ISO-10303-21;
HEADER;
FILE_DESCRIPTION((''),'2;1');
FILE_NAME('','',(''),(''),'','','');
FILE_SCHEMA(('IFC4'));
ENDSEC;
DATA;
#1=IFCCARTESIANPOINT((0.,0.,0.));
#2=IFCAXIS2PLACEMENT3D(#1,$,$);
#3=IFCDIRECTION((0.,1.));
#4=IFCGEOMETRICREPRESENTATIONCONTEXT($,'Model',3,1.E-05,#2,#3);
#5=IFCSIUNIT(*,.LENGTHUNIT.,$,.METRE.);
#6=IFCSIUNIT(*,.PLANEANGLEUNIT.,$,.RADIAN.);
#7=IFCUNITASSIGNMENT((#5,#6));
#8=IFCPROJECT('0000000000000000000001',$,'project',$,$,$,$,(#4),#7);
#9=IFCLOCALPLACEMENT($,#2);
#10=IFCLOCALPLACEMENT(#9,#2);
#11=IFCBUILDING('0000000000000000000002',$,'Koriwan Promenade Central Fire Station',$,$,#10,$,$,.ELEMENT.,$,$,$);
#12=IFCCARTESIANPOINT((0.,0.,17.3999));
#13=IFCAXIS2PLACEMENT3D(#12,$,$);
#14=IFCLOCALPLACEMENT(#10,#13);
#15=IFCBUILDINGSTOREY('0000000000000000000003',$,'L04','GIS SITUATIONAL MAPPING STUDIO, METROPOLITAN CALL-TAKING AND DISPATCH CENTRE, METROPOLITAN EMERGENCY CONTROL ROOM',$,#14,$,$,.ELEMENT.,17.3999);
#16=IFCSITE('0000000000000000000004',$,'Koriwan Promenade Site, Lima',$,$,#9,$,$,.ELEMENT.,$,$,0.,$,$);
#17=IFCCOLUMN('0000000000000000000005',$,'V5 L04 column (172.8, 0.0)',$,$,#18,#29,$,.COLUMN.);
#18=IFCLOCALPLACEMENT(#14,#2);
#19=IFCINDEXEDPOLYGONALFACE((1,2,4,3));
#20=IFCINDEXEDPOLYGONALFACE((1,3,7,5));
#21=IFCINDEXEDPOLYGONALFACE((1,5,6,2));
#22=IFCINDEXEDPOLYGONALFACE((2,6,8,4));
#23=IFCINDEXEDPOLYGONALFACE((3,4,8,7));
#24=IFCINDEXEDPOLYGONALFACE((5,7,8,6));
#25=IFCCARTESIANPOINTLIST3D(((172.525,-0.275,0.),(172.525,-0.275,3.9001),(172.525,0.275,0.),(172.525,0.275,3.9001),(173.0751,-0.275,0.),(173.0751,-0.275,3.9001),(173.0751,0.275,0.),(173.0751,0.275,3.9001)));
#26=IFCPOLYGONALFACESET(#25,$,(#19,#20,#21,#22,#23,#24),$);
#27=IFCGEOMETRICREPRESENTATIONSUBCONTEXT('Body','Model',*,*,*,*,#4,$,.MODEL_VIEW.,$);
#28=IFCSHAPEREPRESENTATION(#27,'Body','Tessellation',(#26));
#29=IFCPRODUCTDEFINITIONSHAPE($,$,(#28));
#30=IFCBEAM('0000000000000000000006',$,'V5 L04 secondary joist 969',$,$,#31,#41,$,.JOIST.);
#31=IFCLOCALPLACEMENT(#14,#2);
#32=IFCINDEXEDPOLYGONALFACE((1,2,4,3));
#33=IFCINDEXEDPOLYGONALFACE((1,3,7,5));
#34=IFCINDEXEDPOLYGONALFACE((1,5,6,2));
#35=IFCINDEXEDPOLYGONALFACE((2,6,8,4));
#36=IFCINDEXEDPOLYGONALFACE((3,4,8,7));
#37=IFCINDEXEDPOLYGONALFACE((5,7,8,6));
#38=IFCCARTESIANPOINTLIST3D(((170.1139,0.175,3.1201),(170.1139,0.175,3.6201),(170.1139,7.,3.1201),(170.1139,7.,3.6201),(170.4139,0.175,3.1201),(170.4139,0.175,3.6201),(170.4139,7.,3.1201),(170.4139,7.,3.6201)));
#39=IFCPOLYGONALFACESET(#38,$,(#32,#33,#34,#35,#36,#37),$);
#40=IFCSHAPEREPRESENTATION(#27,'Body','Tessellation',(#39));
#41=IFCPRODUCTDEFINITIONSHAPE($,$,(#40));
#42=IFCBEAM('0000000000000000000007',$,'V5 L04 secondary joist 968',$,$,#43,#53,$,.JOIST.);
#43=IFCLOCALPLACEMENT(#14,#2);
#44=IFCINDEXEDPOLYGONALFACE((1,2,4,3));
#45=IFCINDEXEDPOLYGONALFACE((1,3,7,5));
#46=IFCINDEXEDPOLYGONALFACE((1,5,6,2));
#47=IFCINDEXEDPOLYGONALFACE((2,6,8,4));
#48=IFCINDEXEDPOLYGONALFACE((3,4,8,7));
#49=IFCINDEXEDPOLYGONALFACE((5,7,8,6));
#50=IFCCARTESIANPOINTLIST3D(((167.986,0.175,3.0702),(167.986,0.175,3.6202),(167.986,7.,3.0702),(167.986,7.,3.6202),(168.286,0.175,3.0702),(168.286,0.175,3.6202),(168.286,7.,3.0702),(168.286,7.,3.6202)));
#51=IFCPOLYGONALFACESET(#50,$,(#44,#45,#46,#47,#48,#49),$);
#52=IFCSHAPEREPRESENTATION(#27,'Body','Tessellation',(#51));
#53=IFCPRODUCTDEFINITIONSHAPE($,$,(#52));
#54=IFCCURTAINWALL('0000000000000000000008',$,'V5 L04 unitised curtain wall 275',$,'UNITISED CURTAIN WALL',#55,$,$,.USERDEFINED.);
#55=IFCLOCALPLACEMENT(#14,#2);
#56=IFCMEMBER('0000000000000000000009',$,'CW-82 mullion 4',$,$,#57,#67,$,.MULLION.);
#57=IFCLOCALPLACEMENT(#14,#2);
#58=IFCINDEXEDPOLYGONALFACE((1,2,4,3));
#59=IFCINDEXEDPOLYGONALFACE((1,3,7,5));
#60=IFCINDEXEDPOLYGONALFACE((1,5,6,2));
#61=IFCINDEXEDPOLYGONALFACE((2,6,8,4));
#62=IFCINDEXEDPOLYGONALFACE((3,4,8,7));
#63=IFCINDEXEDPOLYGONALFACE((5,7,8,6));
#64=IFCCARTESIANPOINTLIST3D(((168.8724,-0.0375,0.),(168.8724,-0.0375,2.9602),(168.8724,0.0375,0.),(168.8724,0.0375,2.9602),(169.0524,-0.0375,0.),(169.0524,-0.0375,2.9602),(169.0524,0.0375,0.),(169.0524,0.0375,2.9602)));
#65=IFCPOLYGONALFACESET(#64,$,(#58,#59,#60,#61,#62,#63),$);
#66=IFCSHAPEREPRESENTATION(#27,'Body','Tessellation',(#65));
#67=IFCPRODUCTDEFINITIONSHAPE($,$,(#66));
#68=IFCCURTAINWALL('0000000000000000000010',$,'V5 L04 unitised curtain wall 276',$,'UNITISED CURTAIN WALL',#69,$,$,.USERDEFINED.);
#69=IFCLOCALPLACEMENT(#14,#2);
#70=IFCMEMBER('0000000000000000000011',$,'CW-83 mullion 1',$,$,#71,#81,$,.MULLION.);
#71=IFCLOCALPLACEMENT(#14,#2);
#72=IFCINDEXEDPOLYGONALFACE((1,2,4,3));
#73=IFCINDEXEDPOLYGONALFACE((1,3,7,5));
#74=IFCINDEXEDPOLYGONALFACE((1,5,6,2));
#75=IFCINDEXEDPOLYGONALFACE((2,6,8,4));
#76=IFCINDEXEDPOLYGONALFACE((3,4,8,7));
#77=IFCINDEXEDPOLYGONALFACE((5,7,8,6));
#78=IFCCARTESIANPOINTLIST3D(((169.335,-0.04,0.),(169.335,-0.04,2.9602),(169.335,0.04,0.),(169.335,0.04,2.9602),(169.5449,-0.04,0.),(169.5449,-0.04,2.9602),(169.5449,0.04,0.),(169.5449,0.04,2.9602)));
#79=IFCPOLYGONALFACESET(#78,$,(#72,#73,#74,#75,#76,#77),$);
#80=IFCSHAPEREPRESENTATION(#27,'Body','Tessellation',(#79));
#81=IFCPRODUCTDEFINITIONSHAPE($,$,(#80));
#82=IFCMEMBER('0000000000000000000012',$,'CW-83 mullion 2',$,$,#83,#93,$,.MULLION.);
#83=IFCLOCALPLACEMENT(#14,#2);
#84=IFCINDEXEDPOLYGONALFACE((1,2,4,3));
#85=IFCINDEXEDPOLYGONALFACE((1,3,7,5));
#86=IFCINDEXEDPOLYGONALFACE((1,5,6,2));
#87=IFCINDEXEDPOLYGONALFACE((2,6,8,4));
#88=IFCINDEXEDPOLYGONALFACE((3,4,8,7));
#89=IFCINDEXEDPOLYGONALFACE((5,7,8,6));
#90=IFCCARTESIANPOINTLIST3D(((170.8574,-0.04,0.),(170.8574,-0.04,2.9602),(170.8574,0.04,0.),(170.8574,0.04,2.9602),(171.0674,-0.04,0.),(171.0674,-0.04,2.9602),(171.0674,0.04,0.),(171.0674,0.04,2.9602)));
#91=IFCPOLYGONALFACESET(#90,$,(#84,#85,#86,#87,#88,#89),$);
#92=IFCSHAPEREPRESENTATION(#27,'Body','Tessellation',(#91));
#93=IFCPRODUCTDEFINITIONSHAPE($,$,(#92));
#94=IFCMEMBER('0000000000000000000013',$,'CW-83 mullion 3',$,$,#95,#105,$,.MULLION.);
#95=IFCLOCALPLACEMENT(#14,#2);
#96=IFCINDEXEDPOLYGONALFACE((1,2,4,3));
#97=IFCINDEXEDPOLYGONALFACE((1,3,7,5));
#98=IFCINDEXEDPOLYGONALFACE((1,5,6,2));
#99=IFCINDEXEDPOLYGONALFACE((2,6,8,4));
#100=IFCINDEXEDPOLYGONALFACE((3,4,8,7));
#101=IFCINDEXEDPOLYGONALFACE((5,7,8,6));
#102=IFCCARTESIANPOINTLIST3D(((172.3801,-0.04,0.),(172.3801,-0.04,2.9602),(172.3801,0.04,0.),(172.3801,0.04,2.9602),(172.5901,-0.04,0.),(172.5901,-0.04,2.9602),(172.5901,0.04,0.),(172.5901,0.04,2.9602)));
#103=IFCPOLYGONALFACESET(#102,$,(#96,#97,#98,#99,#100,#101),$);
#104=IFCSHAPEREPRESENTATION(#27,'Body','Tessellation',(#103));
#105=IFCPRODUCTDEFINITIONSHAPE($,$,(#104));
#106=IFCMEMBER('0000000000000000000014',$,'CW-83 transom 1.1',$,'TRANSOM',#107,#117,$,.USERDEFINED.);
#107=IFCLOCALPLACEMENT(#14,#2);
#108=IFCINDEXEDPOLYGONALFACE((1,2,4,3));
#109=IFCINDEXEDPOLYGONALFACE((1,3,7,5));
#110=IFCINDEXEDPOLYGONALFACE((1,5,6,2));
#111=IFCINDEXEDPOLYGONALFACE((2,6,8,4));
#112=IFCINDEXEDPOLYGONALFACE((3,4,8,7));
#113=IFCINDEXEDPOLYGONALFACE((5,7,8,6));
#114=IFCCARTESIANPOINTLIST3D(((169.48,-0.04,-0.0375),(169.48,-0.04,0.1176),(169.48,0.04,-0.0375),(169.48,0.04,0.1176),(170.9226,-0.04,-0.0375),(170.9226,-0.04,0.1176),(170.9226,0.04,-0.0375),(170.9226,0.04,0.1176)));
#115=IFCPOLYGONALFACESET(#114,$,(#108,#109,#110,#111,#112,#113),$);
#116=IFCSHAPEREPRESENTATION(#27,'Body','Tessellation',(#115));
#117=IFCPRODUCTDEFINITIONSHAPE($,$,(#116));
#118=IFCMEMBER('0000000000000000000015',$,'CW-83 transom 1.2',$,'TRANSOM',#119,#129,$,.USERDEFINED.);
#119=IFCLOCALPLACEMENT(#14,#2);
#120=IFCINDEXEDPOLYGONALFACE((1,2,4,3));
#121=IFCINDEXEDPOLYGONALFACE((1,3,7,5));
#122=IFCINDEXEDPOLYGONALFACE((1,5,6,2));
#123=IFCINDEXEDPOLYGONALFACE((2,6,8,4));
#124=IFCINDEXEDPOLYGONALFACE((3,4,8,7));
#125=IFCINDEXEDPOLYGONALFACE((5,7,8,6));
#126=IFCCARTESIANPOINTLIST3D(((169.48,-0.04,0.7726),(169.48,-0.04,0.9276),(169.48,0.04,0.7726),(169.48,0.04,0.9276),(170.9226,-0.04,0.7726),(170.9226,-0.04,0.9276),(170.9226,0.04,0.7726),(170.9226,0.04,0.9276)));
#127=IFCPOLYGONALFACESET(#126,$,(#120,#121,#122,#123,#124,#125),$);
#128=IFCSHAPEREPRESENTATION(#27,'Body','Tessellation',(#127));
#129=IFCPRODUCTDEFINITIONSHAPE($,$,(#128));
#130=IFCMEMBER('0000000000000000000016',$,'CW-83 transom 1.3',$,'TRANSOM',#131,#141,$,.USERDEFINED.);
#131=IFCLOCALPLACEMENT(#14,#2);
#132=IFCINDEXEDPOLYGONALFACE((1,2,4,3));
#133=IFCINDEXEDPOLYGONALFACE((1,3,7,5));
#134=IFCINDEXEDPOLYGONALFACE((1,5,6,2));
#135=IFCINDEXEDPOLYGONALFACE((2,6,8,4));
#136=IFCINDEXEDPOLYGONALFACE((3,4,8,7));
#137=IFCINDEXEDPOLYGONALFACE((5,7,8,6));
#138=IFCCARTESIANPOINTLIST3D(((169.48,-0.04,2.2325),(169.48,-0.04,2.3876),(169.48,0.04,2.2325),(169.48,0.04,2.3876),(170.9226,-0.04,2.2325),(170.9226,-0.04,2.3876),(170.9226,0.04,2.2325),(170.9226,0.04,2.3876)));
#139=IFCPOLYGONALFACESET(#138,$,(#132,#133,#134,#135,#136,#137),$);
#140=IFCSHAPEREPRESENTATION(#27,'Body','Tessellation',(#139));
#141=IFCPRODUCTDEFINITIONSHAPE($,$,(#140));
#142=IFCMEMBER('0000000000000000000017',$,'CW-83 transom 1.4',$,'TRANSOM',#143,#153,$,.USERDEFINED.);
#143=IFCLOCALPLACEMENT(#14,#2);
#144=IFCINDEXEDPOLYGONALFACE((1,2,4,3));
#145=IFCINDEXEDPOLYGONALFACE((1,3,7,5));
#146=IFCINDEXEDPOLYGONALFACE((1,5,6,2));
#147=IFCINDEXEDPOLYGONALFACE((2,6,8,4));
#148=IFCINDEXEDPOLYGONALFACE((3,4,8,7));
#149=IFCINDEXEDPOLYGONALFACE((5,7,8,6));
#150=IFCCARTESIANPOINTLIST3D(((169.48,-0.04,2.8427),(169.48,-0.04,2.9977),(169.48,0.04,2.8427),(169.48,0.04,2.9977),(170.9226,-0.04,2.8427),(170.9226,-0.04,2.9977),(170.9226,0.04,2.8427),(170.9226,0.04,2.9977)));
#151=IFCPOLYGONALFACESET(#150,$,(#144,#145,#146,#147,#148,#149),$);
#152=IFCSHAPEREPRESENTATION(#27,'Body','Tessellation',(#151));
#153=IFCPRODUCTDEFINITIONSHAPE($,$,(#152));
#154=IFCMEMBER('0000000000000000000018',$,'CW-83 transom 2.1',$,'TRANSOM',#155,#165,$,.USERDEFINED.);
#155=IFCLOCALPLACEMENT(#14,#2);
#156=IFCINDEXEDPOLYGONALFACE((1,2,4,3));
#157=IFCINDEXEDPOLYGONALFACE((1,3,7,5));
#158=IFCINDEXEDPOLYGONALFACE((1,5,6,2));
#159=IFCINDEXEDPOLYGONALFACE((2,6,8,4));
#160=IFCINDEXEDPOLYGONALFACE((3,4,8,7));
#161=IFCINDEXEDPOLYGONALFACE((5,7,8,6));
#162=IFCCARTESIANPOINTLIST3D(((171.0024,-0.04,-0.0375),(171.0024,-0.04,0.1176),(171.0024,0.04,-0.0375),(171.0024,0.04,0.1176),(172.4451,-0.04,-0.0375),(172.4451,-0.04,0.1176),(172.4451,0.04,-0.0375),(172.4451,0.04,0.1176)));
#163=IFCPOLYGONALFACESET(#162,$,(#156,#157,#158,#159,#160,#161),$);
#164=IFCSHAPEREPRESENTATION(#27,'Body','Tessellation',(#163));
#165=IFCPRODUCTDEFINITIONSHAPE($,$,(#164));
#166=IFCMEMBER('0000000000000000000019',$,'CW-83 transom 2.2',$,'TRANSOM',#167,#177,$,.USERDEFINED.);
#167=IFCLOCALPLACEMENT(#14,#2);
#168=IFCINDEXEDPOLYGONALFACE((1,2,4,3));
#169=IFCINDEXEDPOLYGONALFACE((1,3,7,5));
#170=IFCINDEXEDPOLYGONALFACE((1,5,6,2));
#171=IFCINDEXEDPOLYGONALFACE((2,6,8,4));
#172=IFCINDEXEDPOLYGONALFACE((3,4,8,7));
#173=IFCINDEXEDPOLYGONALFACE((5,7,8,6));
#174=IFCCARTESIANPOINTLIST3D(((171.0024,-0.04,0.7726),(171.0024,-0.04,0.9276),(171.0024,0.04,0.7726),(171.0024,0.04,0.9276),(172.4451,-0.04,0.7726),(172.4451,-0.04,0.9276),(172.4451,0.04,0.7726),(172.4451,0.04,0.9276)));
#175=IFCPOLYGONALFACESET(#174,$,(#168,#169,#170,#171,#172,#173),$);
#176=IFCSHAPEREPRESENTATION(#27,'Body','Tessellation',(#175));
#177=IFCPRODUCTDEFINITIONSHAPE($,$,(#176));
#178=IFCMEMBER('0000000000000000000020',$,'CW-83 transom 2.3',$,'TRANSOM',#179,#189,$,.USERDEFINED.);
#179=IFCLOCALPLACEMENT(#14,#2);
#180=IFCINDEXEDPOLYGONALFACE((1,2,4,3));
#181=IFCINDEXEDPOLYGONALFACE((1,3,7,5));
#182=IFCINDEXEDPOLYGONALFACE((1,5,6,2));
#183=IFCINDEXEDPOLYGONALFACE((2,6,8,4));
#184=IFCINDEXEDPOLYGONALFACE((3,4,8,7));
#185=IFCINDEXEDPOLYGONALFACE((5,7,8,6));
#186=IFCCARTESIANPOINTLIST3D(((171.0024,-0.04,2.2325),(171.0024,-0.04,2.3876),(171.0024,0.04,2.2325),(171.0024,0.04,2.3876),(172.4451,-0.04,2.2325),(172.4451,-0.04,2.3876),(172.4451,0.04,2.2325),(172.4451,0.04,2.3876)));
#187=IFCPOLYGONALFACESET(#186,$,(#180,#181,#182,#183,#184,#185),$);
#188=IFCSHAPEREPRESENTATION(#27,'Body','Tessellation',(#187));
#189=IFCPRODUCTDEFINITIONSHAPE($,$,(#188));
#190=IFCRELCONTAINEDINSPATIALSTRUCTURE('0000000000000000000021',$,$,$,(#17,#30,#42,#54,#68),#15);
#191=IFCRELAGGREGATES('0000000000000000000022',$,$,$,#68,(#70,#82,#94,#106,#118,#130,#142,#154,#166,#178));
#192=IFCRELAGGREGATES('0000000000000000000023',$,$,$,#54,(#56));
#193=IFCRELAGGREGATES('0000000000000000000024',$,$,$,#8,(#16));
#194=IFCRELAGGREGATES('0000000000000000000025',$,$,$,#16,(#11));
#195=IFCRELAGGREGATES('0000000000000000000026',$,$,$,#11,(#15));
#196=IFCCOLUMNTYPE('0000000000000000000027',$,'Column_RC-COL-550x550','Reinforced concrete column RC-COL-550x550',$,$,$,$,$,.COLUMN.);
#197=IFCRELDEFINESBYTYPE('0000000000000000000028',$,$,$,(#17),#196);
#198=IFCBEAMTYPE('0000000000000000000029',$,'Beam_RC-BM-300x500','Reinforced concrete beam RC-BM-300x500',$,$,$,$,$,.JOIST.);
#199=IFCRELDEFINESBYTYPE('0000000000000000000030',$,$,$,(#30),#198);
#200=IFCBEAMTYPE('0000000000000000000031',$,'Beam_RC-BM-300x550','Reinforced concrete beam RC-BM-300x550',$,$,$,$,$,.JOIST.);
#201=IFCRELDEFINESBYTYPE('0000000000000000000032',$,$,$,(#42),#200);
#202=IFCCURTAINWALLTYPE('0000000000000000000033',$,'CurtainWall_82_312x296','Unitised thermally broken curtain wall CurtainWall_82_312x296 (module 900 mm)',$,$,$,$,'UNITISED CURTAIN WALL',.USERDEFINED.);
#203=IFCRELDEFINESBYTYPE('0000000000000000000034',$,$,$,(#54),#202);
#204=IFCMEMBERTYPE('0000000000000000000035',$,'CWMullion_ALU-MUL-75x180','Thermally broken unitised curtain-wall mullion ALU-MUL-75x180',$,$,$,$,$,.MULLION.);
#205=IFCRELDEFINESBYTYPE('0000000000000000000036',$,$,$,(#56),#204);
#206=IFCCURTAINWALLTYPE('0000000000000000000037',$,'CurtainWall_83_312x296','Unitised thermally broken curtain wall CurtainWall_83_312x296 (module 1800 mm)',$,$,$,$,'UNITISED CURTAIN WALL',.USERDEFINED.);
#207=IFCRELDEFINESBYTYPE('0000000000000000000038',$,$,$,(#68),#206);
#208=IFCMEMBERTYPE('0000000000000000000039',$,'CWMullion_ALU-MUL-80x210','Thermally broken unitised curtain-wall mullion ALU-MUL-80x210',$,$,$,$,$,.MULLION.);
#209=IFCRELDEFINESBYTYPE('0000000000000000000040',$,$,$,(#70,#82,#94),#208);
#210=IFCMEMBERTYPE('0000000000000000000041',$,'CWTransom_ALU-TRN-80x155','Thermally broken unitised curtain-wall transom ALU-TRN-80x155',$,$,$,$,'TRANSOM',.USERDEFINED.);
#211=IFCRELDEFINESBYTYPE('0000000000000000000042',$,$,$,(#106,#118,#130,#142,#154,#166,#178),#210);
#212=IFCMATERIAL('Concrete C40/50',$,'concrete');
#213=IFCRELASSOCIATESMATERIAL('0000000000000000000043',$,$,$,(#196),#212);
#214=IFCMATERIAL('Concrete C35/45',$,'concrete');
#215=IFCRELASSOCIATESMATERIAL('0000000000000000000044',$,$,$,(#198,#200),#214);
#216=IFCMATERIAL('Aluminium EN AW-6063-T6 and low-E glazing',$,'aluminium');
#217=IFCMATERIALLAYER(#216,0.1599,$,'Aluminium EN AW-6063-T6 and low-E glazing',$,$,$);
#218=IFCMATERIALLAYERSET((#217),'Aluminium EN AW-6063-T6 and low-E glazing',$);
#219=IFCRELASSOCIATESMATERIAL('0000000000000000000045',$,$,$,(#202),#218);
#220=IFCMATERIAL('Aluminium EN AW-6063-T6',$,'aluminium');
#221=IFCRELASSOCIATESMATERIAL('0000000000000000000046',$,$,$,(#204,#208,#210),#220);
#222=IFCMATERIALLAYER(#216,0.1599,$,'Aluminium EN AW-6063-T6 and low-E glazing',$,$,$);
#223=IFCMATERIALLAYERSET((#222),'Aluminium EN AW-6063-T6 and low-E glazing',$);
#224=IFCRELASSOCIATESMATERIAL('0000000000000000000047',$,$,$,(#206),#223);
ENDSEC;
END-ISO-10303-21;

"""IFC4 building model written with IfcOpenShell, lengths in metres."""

from ifc_helpers import new_model, si_unit, direction, frame, origin, origin_2d, place, context, subcontext, project, spatial, rectangle, extrude, material, layer, layer_set, material_profile, profile_set, type_object, element, aggregate, save


model = new_model("IFC4")

# Units and contexts
model_context = context("Model", 3, precision=1e-05, world=origin(), true_north=direction((0.0, 1.0)))
body_context = subcontext(model_context, "Body", "Model", "MODEL_VIEW")
ifc_project = project(units=[si_unit("LENGTHUNIT", "METRE"), si_unit("PLANEANGLEUNIT", "RADIAN")], contexts=[model_context])

# Site, building, storey
site_placement = place(None, origin())
site = spatial("IfcSite", under=ifc_project, at=site_placement, Name="Koriwan Promenade Site, Lima", CompositionType="ELEMENT", RefElevation=0.0)
building_placement = place(site_placement, origin())
building = spatial("IfcBuilding", under=site, at=building_placement, Name="Koriwan Promenade Central Fire Station", CompositionType="ELEMENT")
storey_placement = place(building_placement, frame((0.0, 0.0, 17.3999)))
storey = spatial("IfcBuildingStorey", under=building, at=storey_placement, Name="L04", Description="GIS SITUATIONAL MAPPING STUDIO, METROPOLITAN CALL-TAKING AND DISPATCH CENTRE, METROPOLITAN EMERGENCY CONTROL ROOM", CompositionType="ELEMENT", Elevation=17.3999)

# Column
ifc_material_1 = material(Name="Concrete C40/50", Category="concrete")
ifc_material_profile_1 = material_profile(ifc_material_1, rectangle(XDim=0.55, YDim=0.55, at=origin_2d()), Name="RC-COL-550x550")
ifc_profile_set_1 = profile_set([ifc_material_profile_1], Name="Concrete C40/50")
column_type = type_object("IfcColumnType", Name="Column_RC-COL-550x550", Description="Reinforced concrete column RC-COL-550x550", PredefinedType="COLUMN", material=ifc_profile_set_1)
column_placement = place(storey_placement, frame((172.8, 0.0, 0.0), z_axis=(0.0, 0.0, 1.0), x_axis=(1.0, 0.0, 0.0)))
element("IfcColumn", 1, at=column_placement, inside=storey, type_object=column_type, Name="V5 L04 column (172.8, 0.0)", PredefinedType="COLUMN", context=body_context, shape_type="SweptSolid", body=[
    extrude(rectangle(XDim=0.55, YDim=0.55, at=origin_2d()), origin(), (0.0, 0.0, 1.0), 3.9001),
])

# Beams
ifc_material_2 = material(Name="Concrete C35/45", Category="concrete")
ifc_material_profile_2 = material_profile(ifc_material_2, rectangle(XDim=0.3, YDim=0.5, at=origin_2d()), Name="RC-BM-300x500")
ifc_profile_set_2 = profile_set([ifc_material_profile_2], Name="Concrete C35/45")
beam_type_1 = type_object("IfcBeamType", Name="Beam_RC-BM-300x500", Description="Reinforced concrete beam RC-BM-300x500", PredefinedType="JOIST", material=ifc_profile_set_2)
beam_1_placement = place(storey_placement, frame((170.2639, 0.175, 3.3701), z_axis=(0.0, 1.0, 0.0), x_axis=(-1.0, 0.0, 0.0)))
element("IfcBeam", 2, at=beam_1_placement, inside=storey, type_object=beam_type_1, Name="V5 L04 secondary joist 969", PredefinedType="JOIST", context=body_context, shape_type="SweptSolid", body=[
    extrude(rectangle(XDim=0.3, YDim=0.5, at=origin_2d()), origin(), (0.0, 0.0, 1.0), 6.825),
])
ifc_material_profile_3 = material_profile(ifc_material_2, rectangle(XDim=0.3, YDim=0.55, at=origin_2d()), Name="RC-BM-300x550")
ifc_profile_set_3 = profile_set([ifc_material_profile_3], Name="Concrete C35/45")
beam_type_2 = type_object("IfcBeamType", Name="Beam_RC-BM-300x550", Description="Reinforced concrete beam RC-BM-300x550", PredefinedType="JOIST", material=ifc_profile_set_3)
beam_2_placement = place(storey_placement, frame((168.136, 0.175, 3.3452), z_axis=(0.0, 1.0, 0.0), x_axis=(-1.0, 0.0, 0.0)))
element("IfcBeam", 3, at=beam_2_placement, inside=storey, type_object=beam_type_2, Name="V5 L04 secondary joist 968", PredefinedType="JOIST", context=body_context, shape_type="SweptSolid", body=[
    extrude(rectangle(XDim=0.3, YDim=0.55, at=origin_2d()), origin(), (0.0, 0.0, 1.0), 6.825),
])

# Curtain wall, member
ifc_material_3 = material(Name="Aluminium EN AW-6063-T6 and low-E glazing", Category="aluminium")
ifc_layer_1 = layer(ifc_material_3, 0.1599, Name="Aluminium EN AW-6063-T6 and low-E glazing")
ifc_layer_set_1 = layer_set([ifc_layer_1], Name="Aluminium EN AW-6063-T6 and low-E glazing")
curtain_wall_type_1 = type_object("IfcCurtainWallType", Name="CurtainWall_82_312x296", Description="Unitised thermally broken curtain wall CurtainWall_82_312x296 (module 900 mm)", ElementType="UNITISED CURTAIN WALL", PredefinedType="USERDEFINED", material=ifc_layer_set_1)
curtain_wall_1_placement = place(storey_placement, origin())
curtain_wall_1 = element("IfcCurtainWall", 4, at=curtain_wall_1_placement, inside=storey, type_object=curtain_wall_type_1, Name="V5 L04 unitised curtain wall 275", ObjectType="UNITISED CURTAIN WALL", PredefinedType="USERDEFINED")
ifc_material_4 = material(Name="Aluminium EN AW-6063-T6", Category="aluminium")
ifc_material_profile_4 = material_profile(ifc_material_4, rectangle(XDim=0.075, YDim=0.1799, at=origin_2d()), Name="ALU-MUL-75x180")
ifc_profile_set_4 = profile_set([ifc_material_profile_4], Name="Aluminium EN AW-6063-T6")
member_type_1 = type_object("IfcMemberType", Name="CWMullion_ALU-MUL-75x180", Description="Thermally broken unitised curtain-wall mullion ALU-MUL-75x180", PredefinedType="MULLION", material=ifc_profile_set_4)
member_1_placement = place(storey_placement, frame((168.9624, 0.0, 0.0), z_axis=(0.0, 0.0, 1.0), x_axis=(0.0, 1.0, 0.0)))
member_1 = element("IfcMember", 5, at=member_1_placement, type_object=member_type_1, Name="CW-82 mullion 4", PredefinedType="MULLION", context=body_context, shape_type="SweptSolid", body=[
    extrude(rectangle(XDim=0.075, YDim=0.1799, at=origin_2d()), origin(), (0.0, 0.0, 1.0), 2.9602),
])

# Curtain wall, members
ifc_layer_2 = layer(ifc_material_3, 0.1599, Name="Aluminium EN AW-6063-T6 and low-E glazing")
ifc_layer_set_2 = layer_set([ifc_layer_2], Name="Aluminium EN AW-6063-T6 and low-E glazing")
curtain_wall_type_2 = type_object("IfcCurtainWallType", Name="CurtainWall_83_312x296", Description="Unitised thermally broken curtain wall CurtainWall_83_312x296 (module 1800 mm)", ElementType="UNITISED CURTAIN WALL", PredefinedType="USERDEFINED", material=ifc_layer_set_2)
curtain_wall_2_placement = place(storey_placement, origin())
curtain_wall_2 = element("IfcCurtainWall", 6, at=curtain_wall_2_placement, inside=storey, type_object=curtain_wall_type_2, Name="V5 L04 unitised curtain wall 276", ObjectType="UNITISED CURTAIN WALL", PredefinedType="USERDEFINED")
ifc_material_profile_5 = material_profile(ifc_material_4, rectangle(XDim=0.0801, YDim=0.21, at=origin_2d()), Name="ALU-MUL-80x210")
ifc_profile_set_5 = profile_set([ifc_material_profile_5], Name="Aluminium EN AW-6063-T6")
member_type_2 = type_object("IfcMemberType", Name="CWMullion_ALU-MUL-80x210", Description="Thermally broken unitised curtain-wall mullion ALU-MUL-80x210", PredefinedType="MULLION", material=ifc_profile_set_5)
member_2_placement = place(storey_placement, frame((169.4399, 0.0, 0.0), z_axis=(0.0, 0.0, 1.0), x_axis=(0.0, 1.0, 0.0)))
member_2 = element("IfcMember", 7, at=member_2_placement, type_object=member_type_2, Name="CW-83 mullion 1", PredefinedType="MULLION", context=body_context, shape_type="SweptSolid", body=[
    extrude(rectangle(XDim=0.0801, YDim=0.21, at=origin_2d()), origin(), (0.0, 0.0, 1.0), 2.9602),
])
member_3_placement = place(storey_placement, frame((170.9624, 0.0, 0.0), z_axis=(0.0, 0.0, 1.0), x_axis=(0.0, 1.0, 0.0)))
member_3 = element("IfcMember", 8, at=member_3_placement, type_object=member_type_2, Name="CW-83 mullion 2", PredefinedType="MULLION", context=body_context, shape_type="SweptSolid", body=[
    extrude(rectangle(XDim=0.0801, YDim=0.21, at=origin_2d()), origin(), (0.0, 0.0, 1.0), 2.9602),
])
member_4_placement = place(storey_placement, frame((172.4851, 0.0, 0.0), z_axis=(0.0, 0.0, 1.0), x_axis=(0.0, 1.0, 0.0)))
member_4 = element("IfcMember", 9, at=member_4_placement, type_object=member_type_2, Name="CW-83 mullion 3", PredefinedType="MULLION", context=body_context, shape_type="SweptSolid", body=[
    extrude(rectangle(XDim=0.0801, YDim=0.21, at=origin_2d()), origin(), (0.0, 0.0, 1.0), 2.9602),
])
ifc_material_profile_6 = material_profile(ifc_material_4, rectangle(XDim=0.0801, YDim=0.155, at=origin_2d()), Name="ALU-TRN-80x155")
ifc_profile_set_6 = profile_set([ifc_material_profile_6], Name="Aluminium EN AW-6063-T6")
member_type_3 = type_object("IfcMemberType", Name="CWTransom_ALU-TRN-80x155", Description="Thermally broken unitised curtain-wall transom ALU-TRN-80x155", ElementType="TRANSOM", PredefinedType="USERDEFINED", material=ifc_profile_set_6)
member_5_placement = place(storey_placement, frame((169.48, 0.0, 0.04), z_axis=(1.0, 0.0, 0.0), x_axis=(0.0, 1.0, 0.0)))
member_5 = element("IfcMember", 10, at=member_5_placement, type_object=member_type_3, Name="CW-83 transom 1.1", ObjectType="TRANSOM", PredefinedType="USERDEFINED", context=body_context, shape_type="SweptSolid", body=[
    extrude(rectangle(XDim=0.0801, YDim=0.155, at=origin_2d()), origin(), (0.0, 0.0, 1.0), 1.4426),
])
member_6_placement = place(storey_placement, frame((169.48, 0.0, 0.8501), z_axis=(1.0, 0.0, 0.0), x_axis=(0.0, 1.0, 0.0)))
member_6 = element("IfcMember", 11, at=member_6_placement, type_object=member_type_3, Name="CW-83 transom 1.2", ObjectType="TRANSOM", PredefinedType="USERDEFINED", context=body_context, shape_type="SweptSolid", body=[
    extrude(rectangle(XDim=0.0801, YDim=0.155, at=origin_2d()), origin(), (0.0, 0.0, 1.0), 1.4426),
])
member_7_placement = place(storey_placement, frame((169.48, 0.0, 2.3101), z_axis=(1.0, 0.0, 0.0), x_axis=(0.0, 1.0, 0.0)))
member_7 = element("IfcMember", 12, at=member_7_placement, type_object=member_type_3, Name="CW-83 transom 1.3", ObjectType="TRANSOM", PredefinedType="USERDEFINED", context=body_context, shape_type="SweptSolid", body=[
    extrude(rectangle(XDim=0.0801, YDim=0.155, at=origin_2d()), origin(), (0.0, 0.0, 1.0), 1.4426),
])
member_8_placement = place(storey_placement, frame((169.48, 0.0, 2.9202), z_axis=(1.0, 0.0, 0.0), x_axis=(0.0, 1.0, 0.0)))
member_8 = element("IfcMember", 13, at=member_8_placement, type_object=member_type_3, Name="CW-83 transom 1.4", ObjectType="TRANSOM", PredefinedType="USERDEFINED", context=body_context, shape_type="SweptSolid", body=[
    extrude(rectangle(XDim=0.0801, YDim=0.155, at=origin_2d()), origin(), (0.0, 0.0, 1.0), 1.4426),
])
member_9_placement = place(storey_placement, frame((171.0024, 0.0, 0.04), z_axis=(1.0, 0.0, 0.0), x_axis=(0.0, 1.0, 0.0)))
member_9 = element("IfcMember", 14, at=member_9_placement, type_object=member_type_3, Name="CW-83 transom 2.1", ObjectType="TRANSOM", PredefinedType="USERDEFINED", context=body_context, shape_type="SweptSolid", body=[
    extrude(rectangle(XDim=0.0801, YDim=0.155, at=origin_2d()), origin(), (0.0, 0.0, 1.0), 1.4426),
])
member_10_placement = place(storey_placement, frame((171.0024, 0.0, 0.8501), z_axis=(1.0, 0.0, 0.0), x_axis=(0.0, 1.0, 0.0)))
member_10 = element("IfcMember", 15, at=member_10_placement, type_object=member_type_3, Name="CW-83 transom 2.2", ObjectType="TRANSOM", PredefinedType="USERDEFINED", context=body_context, shape_type="SweptSolid", body=[
    extrude(rectangle(XDim=0.0801, YDim=0.155, at=origin_2d()), origin(), (0.0, 0.0, 1.0), 1.4426),
])
member_11_placement = place(storey_placement, frame((171.0024, 0.0, 2.3101), z_axis=(1.0, 0.0, 0.0), x_axis=(0.0, 1.0, 0.0)))
member_11 = element("IfcMember", 16, at=member_11_placement, type_object=member_type_3, Name="CW-83 transom 2.3", ObjectType="TRANSOM", PredefinedType="USERDEFINED", context=body_context, shape_type="SweptSolid", body=[
    extrude(rectangle(XDim=0.0801, YDim=0.155, at=origin_2d()), origin(), (0.0, 0.0, 1.0), 1.4426),
])

aggregate(curtain_wall_2, [member_2, member_3, member_4, member_5, member_6, member_7, member_8, member_9, member_10, member_11])
aggregate(curtain_wall_1, [member_1])

save(model, "model.ifc")
